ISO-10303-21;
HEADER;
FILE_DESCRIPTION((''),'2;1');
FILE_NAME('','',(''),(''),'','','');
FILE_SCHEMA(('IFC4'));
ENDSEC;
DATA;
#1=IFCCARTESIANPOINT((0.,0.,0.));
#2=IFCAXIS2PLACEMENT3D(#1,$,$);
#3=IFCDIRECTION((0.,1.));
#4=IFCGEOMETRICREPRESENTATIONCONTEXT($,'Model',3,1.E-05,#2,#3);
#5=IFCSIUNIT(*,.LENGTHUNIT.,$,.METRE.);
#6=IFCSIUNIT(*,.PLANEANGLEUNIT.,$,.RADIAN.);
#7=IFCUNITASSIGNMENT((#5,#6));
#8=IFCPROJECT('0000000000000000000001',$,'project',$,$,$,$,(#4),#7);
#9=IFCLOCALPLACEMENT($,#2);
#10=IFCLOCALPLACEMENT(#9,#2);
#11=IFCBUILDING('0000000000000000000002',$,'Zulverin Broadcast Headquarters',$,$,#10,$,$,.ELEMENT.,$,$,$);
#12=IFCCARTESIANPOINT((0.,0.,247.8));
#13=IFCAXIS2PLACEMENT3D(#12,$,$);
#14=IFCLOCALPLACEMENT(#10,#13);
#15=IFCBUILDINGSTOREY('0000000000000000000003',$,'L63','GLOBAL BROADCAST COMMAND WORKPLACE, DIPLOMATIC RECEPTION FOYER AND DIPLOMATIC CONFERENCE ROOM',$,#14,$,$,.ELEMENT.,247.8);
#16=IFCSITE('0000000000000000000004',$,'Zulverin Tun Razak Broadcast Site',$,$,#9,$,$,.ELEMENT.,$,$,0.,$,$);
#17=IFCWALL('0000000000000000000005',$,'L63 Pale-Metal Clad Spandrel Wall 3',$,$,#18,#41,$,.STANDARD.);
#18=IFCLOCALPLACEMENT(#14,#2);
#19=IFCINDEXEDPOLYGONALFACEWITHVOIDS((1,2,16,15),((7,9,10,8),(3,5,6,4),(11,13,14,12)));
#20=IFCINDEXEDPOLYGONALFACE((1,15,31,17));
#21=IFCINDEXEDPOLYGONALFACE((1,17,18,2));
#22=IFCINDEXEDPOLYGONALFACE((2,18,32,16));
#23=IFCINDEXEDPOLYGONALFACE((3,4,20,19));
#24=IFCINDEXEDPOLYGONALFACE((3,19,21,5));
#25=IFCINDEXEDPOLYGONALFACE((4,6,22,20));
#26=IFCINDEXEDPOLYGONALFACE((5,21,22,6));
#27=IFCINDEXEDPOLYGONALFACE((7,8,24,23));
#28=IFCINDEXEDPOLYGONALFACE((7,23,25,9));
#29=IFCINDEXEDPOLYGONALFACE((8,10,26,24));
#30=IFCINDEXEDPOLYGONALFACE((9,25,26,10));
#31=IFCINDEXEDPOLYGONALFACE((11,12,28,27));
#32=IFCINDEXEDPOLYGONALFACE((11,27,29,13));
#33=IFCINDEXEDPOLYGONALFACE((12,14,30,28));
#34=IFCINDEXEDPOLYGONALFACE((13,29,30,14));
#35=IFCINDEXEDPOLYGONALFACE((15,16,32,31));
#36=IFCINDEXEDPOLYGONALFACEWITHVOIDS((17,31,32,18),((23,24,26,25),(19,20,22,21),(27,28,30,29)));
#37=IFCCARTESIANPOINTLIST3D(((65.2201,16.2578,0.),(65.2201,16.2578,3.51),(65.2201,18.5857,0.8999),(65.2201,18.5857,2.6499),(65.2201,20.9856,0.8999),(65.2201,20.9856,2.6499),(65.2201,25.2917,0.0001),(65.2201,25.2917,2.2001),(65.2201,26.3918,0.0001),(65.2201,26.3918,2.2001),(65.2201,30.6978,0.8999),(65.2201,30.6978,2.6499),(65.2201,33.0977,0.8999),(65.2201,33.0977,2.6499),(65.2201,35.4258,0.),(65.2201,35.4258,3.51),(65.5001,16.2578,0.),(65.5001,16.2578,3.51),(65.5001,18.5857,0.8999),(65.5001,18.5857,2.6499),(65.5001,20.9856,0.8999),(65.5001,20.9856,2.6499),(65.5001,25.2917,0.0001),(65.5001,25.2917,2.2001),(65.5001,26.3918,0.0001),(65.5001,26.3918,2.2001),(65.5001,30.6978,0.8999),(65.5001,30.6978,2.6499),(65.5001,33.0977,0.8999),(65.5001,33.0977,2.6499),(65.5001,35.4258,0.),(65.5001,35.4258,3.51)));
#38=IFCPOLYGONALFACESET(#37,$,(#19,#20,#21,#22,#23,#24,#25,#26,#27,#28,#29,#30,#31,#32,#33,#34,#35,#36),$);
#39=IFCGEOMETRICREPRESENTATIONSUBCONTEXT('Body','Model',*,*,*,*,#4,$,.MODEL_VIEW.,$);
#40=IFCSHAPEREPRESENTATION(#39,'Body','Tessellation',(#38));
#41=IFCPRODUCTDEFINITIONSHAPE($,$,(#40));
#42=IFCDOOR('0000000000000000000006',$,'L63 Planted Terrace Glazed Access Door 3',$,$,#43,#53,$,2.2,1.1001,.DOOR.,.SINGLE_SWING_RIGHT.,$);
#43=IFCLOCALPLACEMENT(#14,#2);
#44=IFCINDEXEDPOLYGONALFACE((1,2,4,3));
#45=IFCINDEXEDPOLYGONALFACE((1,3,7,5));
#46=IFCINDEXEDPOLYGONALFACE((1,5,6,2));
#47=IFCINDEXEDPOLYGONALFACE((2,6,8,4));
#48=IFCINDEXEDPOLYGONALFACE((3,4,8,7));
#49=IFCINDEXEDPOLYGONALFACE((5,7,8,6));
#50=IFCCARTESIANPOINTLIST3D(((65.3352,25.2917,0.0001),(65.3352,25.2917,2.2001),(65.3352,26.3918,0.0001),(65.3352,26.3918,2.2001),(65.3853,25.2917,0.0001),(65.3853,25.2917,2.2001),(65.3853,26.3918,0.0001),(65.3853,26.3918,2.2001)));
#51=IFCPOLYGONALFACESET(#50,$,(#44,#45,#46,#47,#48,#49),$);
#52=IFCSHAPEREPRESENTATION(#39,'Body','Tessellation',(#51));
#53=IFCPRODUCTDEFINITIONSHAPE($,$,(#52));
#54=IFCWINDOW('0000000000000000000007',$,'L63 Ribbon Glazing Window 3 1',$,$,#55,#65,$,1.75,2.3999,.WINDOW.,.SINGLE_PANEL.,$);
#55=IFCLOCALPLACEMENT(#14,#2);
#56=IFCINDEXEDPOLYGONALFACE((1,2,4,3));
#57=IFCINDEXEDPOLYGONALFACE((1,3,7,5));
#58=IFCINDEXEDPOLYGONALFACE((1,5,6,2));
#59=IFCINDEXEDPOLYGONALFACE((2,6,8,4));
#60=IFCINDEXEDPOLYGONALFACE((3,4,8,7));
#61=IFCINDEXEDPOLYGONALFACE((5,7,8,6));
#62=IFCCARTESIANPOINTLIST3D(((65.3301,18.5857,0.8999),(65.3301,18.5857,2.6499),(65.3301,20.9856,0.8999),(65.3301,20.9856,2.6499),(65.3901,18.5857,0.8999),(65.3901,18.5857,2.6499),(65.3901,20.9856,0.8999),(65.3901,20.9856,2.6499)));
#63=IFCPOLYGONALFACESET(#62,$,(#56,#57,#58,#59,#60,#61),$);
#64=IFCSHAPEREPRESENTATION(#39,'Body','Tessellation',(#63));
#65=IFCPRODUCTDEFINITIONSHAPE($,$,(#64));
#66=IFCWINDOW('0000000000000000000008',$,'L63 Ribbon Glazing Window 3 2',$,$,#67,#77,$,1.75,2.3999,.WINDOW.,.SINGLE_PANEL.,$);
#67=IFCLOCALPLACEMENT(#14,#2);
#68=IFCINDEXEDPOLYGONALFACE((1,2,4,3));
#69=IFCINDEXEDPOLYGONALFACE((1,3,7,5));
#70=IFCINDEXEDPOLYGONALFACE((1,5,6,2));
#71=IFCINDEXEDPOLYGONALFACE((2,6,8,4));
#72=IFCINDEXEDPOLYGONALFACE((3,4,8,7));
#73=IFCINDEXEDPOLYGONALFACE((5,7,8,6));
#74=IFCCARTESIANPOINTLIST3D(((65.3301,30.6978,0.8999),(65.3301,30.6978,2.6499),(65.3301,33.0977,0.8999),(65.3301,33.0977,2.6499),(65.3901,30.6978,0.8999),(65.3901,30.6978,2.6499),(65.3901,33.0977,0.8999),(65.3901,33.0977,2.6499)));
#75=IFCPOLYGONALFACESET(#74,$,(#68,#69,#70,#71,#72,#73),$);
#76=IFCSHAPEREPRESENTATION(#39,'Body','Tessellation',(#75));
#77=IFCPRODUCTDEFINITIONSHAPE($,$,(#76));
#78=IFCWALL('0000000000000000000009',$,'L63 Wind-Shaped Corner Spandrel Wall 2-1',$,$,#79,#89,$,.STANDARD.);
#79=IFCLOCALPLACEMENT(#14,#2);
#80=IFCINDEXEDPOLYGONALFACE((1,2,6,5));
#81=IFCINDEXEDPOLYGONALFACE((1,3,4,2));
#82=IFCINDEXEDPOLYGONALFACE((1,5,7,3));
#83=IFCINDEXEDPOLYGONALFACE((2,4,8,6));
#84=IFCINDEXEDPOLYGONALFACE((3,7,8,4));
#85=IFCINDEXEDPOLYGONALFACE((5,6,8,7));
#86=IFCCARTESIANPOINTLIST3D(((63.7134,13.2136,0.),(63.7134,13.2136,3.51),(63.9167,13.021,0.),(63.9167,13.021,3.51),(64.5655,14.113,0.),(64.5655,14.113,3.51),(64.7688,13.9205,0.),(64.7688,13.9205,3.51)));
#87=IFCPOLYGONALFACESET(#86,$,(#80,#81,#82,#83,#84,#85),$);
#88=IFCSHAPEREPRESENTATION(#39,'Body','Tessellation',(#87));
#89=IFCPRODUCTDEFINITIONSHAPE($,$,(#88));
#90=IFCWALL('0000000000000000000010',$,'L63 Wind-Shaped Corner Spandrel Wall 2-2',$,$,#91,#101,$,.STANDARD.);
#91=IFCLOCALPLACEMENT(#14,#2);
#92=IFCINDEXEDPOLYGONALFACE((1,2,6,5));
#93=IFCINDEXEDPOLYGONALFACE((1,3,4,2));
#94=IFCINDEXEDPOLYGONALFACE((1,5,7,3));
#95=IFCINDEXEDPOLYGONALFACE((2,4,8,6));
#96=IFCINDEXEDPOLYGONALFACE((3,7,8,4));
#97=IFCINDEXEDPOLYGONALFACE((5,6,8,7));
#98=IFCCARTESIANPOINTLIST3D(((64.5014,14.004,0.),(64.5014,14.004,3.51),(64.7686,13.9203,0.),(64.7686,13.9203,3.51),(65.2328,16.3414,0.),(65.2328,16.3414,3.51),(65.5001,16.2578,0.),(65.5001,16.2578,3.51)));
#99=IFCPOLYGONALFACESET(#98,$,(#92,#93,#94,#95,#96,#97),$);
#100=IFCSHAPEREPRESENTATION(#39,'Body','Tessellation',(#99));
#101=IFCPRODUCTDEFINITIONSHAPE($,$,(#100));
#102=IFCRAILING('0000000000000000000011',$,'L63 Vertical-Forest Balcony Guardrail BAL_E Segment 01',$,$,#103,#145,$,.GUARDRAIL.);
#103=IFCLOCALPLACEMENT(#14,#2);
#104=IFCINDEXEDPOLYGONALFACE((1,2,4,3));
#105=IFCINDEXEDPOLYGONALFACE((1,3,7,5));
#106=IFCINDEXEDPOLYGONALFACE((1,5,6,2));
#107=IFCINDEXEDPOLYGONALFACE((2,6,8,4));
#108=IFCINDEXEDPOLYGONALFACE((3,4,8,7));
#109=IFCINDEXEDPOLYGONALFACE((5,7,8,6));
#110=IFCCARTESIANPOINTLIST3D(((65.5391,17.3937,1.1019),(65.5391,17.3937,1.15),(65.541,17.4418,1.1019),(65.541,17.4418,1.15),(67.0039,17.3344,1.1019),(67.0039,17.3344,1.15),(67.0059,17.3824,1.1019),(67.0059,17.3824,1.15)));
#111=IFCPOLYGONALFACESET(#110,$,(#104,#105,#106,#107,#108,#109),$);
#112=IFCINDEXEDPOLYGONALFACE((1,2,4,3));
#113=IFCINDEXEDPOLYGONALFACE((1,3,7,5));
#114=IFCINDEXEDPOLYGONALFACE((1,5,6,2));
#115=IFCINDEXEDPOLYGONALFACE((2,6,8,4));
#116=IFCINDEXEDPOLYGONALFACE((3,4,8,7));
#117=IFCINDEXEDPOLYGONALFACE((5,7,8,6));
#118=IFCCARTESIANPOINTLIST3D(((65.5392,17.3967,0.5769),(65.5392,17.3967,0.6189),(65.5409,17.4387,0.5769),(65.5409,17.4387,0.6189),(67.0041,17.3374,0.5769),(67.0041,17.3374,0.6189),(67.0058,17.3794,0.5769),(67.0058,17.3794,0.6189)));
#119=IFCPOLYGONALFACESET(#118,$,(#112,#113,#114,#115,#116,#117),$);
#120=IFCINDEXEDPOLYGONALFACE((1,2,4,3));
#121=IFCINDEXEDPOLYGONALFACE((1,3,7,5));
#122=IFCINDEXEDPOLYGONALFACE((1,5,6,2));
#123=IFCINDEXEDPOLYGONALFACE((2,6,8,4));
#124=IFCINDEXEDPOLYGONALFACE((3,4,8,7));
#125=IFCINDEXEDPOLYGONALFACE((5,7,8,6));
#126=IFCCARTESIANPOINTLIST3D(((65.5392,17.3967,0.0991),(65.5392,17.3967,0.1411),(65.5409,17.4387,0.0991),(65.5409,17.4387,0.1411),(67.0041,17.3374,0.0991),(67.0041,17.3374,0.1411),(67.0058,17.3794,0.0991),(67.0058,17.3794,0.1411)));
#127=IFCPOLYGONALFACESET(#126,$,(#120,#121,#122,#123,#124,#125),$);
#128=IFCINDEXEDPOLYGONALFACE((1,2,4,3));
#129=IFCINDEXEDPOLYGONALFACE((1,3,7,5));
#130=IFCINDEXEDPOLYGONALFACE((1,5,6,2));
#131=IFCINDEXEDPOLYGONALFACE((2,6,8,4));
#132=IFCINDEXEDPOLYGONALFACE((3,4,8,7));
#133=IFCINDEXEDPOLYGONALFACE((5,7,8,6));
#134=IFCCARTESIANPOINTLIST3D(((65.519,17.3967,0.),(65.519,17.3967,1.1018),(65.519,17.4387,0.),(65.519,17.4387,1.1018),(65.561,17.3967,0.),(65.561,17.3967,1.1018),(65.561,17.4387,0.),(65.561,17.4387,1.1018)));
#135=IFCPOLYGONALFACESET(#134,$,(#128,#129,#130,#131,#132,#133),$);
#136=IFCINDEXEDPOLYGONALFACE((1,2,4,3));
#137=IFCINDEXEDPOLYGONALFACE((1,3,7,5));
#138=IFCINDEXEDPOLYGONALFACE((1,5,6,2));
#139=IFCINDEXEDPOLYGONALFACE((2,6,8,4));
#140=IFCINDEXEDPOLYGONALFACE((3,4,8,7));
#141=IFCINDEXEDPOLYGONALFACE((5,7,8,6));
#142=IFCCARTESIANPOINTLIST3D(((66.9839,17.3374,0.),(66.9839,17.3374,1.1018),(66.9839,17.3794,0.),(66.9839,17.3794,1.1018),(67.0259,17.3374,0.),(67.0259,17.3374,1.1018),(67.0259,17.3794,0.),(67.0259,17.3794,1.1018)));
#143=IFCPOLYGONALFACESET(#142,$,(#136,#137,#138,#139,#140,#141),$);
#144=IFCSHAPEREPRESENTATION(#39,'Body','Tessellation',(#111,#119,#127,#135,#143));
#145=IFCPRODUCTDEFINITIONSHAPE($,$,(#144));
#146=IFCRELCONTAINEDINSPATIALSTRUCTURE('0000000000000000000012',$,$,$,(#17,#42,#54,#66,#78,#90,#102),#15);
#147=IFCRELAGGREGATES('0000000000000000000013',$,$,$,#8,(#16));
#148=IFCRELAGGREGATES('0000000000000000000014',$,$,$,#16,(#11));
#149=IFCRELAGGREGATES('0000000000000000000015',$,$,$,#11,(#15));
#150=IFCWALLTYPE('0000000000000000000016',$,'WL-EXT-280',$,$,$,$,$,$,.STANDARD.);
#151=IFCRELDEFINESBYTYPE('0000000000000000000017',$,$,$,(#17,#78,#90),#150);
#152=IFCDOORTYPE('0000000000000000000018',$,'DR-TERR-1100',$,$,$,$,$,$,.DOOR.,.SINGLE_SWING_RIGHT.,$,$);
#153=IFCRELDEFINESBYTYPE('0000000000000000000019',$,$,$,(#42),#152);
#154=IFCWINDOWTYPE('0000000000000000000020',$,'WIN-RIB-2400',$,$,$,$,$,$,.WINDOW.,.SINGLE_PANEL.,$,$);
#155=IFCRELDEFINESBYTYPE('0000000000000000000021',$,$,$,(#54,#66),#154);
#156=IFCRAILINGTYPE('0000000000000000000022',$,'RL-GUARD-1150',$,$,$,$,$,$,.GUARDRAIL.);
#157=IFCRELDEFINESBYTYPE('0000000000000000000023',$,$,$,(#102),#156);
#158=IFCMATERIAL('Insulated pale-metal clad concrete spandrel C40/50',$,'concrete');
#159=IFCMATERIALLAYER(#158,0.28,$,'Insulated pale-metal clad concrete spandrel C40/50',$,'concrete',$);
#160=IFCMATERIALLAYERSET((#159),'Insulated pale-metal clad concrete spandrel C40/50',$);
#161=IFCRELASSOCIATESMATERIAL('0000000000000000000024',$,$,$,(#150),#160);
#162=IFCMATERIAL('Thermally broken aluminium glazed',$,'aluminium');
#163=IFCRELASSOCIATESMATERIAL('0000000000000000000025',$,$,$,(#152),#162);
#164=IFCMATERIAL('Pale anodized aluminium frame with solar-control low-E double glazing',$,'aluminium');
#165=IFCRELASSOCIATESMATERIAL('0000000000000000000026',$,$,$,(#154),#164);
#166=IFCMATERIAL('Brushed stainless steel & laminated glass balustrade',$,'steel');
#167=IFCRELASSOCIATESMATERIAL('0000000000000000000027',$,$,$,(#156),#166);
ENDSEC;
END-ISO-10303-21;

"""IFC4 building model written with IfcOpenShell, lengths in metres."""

from ifc_helpers import new_model, si_unit, direction, frame, frame_2d, origin, origin_2d, place, context, subcontext, project, spatial, rectangle, extrude, material, layer, layer_set, type_object, element, fill, save


model = new_model("IFC4")

# Units and contexts
model_context = context("Model", 3, precision=1e-05, world=origin(), true_north=direction((0.0, 1.0)))
body_context = subcontext(model_context, "Body", "Model", "MODEL_VIEW")
ifc_project = project(units=[si_unit("LENGTHUNIT", "METRE"), si_unit("PLANEANGLEUNIT", "RADIAN")], contexts=[model_context])

# Site, building, storey
site_placement = place(None, origin())
site = spatial("IfcSite", under=ifc_project, at=site_placement, Name="Zulverin Tun Razak Broadcast Site", CompositionType="ELEMENT", RefElevation=0.0)
building_placement = place(site_placement, origin())
building = spatial("IfcBuilding", under=site, at=building_placement, Name="Zulverin Broadcast Headquarters", CompositionType="ELEMENT")
storey_placement = place(building_placement, frame((0.0, 0.0, 247.8)))
storey = spatial("IfcBuildingStorey", under=building, at=storey_placement, Name="L63", Description="GLOBAL BROADCAST COMMAND WORKPLACE, DIPLOMATIC RECEPTION FOYER AND DIPLOMATIC CONFERENCE ROOM", CompositionType="ELEMENT", Elevation=247.8)

# Wall, openings, door, windows
ifc_material_1 = material(Name="Insulated pale-metal clad concrete spandrel C40/50", Category="concrete")
ifc_layer_1 = layer(ifc_material_1, 0.28, Name="Insulated pale-metal clad concrete spandrel C40/50", Category="concrete")
ifc_layer_set_1 = layer_set([ifc_layer_1], Name="Insulated pale-metal clad concrete spandrel C40/50")
wall_type = type_object("IfcWallType", Name="WL-EXT-280", PredefinedType="STANDARD", material=ifc_layer_set_1)
wall_1_placement = place(storey_placement, frame((65.3601, 16.2578, 0.0), z_axis=(0.0, 0.0, 1.0), x_axis=(0.0, 1.0, 0.0)))
wall_1 = element("IfcWall", 1, at=wall_1_placement, inside=storey, type_object=wall_type, Name="L63 Pale-Metal Clad Spandrel Wall 3", PredefinedType="STANDARD", context=body_context, shape_type="SweptSolid", body=[
    extrude(rectangle(XDim=19.168, YDim=0.28, at=frame_2d((9.584, 0.0))), origin(), (0.0, 0.0, 1.0), 3.51),
])
opening_1_placement = place(wall_1_placement, frame((9.0339, 0.0, 0.0)))
opening_1 = element("IfcOpeningElement", 2, at=opening_1_placement, cuts=wall_1, PredefinedType="OPENING", context=body_context, shape_type="SweptSolid", body=[
    extrude(rectangle(XDim=1.1001, YDim=2.2, at=frame_2d((0.55, 1.1001))), frame((0.0, 0.1499, 0.0), z_axis=(0.0, -1.0, 0.0), x_axis=(1.0, 0.0, 0.0)), (0.0, 0.0, 1.0), 0.3),
])
opening_2_placement = place(wall_1_placement, frame((2.3279, 0.0, 0.8999)))
opening_2 = element("IfcOpeningElement", 3, at=opening_2_placement, cuts=wall_1, PredefinedType="OPENING", context=body_context, shape_type="SweptSolid", body=[
    extrude(rectangle(XDim=2.3999, YDim=1.75, at=frame_2d((1.2, 0.875))), frame((0.0, 0.1499, 0.0), z_axis=(0.0, -1.0, 0.0), x_axis=(1.0, 0.0, 0.0)), (0.0, 0.0, 1.0), 0.3),
])
opening_3_placement = place(wall_1_placement, frame((14.4399, 0.0, 0.8999)))
opening_3 = element("IfcOpeningElement", 4, at=opening_3_placement, cuts=wall_1, PredefinedType="OPENING", context=body_context, shape_type="SweptSolid", body=[
    extrude(rectangle(XDim=2.3999, YDim=1.75, at=frame_2d((1.2, 0.875))), frame((0.0, 0.1499, 0.0), z_axis=(0.0, -1.0, 0.0), x_axis=(1.0, 0.0, 0.0)), (0.0, 0.0, 1.0), 0.3),
])
ifc_material_2 = material(Name="Thermally broken aluminium glazed", Category="aluminium")
door_type = type_object("IfcDoorType", Name="DR-TERR-1100", OperationType="SINGLE_SWING_RIGHT", PredefinedType="DOOR", material=ifc_material_2)
door_placement = place(opening_1_placement, origin())
door = element("IfcDoor", 5, at=door_placement, inside=storey, type_object=door_type, Name="L63 Planted Terrace Glazed Access Door 3", OperationType="SINGLE_SWING_RIGHT", OverallHeight=2.2, OverallWidth=1.1001, PredefinedType="DOOR", context=body_context, shape_type="SweptSolid", body=[
    extrude(rectangle(XDim=1.1001, YDim=2.2, at=frame_2d((0.55, 1.1001))), frame((0.0, 0.0249, 0.0), z_axis=(0.0, -1.0, 0.0), x_axis=(1.0, 0.0, 0.0)), (0.0, 0.0, 1.0), 0.05),
])
fill(opening_1, door)
ifc_material_3 = material(Name="Pale anodized aluminium frame with solar-control low-E double glazing", Category="aluminium")
window_type = type_object("IfcWindowType", Name="WIN-RIB-2400", PartitioningType="SINGLE_PANEL", PredefinedType="WINDOW", material=ifc_material_3)
window_1_placement = place(opening_2_placement, origin())
window_1 = element("IfcWindow", 6, at=window_1_placement, inside=storey, type_object=window_type, Name="L63 Ribbon Glazing Window 3 1", OverallHeight=1.75, OverallWidth=2.3999, PartitioningType="SINGLE_PANEL", PredefinedType="WINDOW", context=body_context, shape_type="SweptSolid", body=[
    extrude(rectangle(XDim=2.3999, YDim=1.75, at=frame_2d((1.2, 0.875))), frame((0.0, 0.03, 0.0), z_axis=(0.0, -1.0, 0.0), x_axis=(1.0, 0.0, 0.0)), (0.0, 0.0, 1.0), 0.0601),
])
fill(opening_2, window_1)
window_2_placement = place(opening_3_placement, origin())
window_2 = element("IfcWindow", 7, at=window_2_placement, inside=storey, type_object=window_type, Name="L63 Ribbon Glazing Window 3 2", OverallHeight=1.75, OverallWidth=2.3999, PartitioningType="SINGLE_PANEL", PredefinedType="WINDOW", context=body_context, shape_type="SweptSolid", body=[
    extrude(rectangle(XDim=2.3999, YDim=1.75, at=frame_2d((1.2, 0.875))), frame((0.0, 0.03, 0.0), z_axis=(0.0, -1.0, 0.0), x_axis=(1.0, 0.0, 0.0)), (0.0, 0.0, 1.0), 0.0601),
])
fill(opening_3, window_2)

# Walls
wall_2_placement = place(storey_placement, frame((63.8149, 13.1172, 0.0), z_axis=(0.0, 0.0, 1.0), x_axis=(0.687734, 0.725963, 0.0)))
element("IfcWall", 8, at=wall_2_placement, inside=storey, type_object=wall_type, Name="L63 Wind-Shaped Corner Spandrel Wall 2-1", PredefinedType="STANDARD", context=body_context, shape_type="SweptSolid", body=[
    extrude(rectangle(XDim=1.239, YDim=0.28, at=frame_2d((0.6196, 0.0))), origin(), (0.0, 0.0, 1.0), 3.51),
])
wall_3_placement = place(storey_placement, frame((64.635, 13.9622, 0.0), z_axis=(0.0, 0.0, 1.0), x_axis=(0.29865, 0.954363, 0.0)))
element("IfcWall", 9, at=wall_3_placement, inside=storey, type_object=wall_type, Name="L63 Wind-Shaped Corner Spandrel Wall 2-2", PredefinedType="STANDARD", context=body_context, shape_type="SweptSolid", body=[
    extrude(rectangle(XDim=2.4492, YDim=0.28, at=frame_2d((1.2246, 0.0))), origin(), (0.0, 0.0, 1.0), 3.51),
])

# Railing
ifc_material_4 = material(Name="Brushed stainless steel & laminated glass balustrade", Category="steel")
railing_type = type_object("IfcRailingType", Name="RL-GUARD-1150", PredefinedType="GUARDRAIL", material=ifc_material_4)
railing_1_placement = place(storey_placement, frame((65.54, 17.4177, 0.0)))
element("IfcRailing", 10, at=railing_1_placement, inside=storey, type_object=railing_type, Name="L63 Vertical-Forest Balcony Guardrail BAL_E Segment 01", PredefinedType="GUARDRAIL", context=body_context, shape_type="SweptSolid", body=[
    extrude(rectangle(XDim=0.0481, YDim=0.0481, at=origin_2d()), frame((0.0, 0.0, 1.126), z_axis=(0.999181, -0.040467, 0.0), x_axis=(0.040467, 0.999181, 0.0)), (0.0, 0.0, 1.0), 1.4661),
    extrude(rectangle(XDim=0.042, YDim=0.042, at=origin_2d()), frame((0.0, 0.0, 0.5979), z_axis=(0.999181, -0.040467, 0.0), x_axis=(0.040467, 0.999181, 0.0)), (0.0, 0.0, 1.0), 1.4661),
    extrude(rectangle(XDim=0.042, YDim=0.042, at=origin_2d()), frame((0.0, 0.0, 0.1201), z_axis=(0.999181, -0.040467, 0.0), x_axis=(0.040467, 0.999181, 0.0)), (0.0, 0.0, 1.0), 1.4661),
    extrude(rectangle(XDim=0.042, YDim=0.042, at=origin_2d()), origin(), (0.0, 0.0, 1.0), 1.1018),
    extrude(rectangle(XDim=0.042, YDim=0.042, at=origin_2d()), frame((1.4648, -0.0593, 0.0)), (0.0, 0.0, 1.0), 1.1018),
])

save(model, "model.ifc")
